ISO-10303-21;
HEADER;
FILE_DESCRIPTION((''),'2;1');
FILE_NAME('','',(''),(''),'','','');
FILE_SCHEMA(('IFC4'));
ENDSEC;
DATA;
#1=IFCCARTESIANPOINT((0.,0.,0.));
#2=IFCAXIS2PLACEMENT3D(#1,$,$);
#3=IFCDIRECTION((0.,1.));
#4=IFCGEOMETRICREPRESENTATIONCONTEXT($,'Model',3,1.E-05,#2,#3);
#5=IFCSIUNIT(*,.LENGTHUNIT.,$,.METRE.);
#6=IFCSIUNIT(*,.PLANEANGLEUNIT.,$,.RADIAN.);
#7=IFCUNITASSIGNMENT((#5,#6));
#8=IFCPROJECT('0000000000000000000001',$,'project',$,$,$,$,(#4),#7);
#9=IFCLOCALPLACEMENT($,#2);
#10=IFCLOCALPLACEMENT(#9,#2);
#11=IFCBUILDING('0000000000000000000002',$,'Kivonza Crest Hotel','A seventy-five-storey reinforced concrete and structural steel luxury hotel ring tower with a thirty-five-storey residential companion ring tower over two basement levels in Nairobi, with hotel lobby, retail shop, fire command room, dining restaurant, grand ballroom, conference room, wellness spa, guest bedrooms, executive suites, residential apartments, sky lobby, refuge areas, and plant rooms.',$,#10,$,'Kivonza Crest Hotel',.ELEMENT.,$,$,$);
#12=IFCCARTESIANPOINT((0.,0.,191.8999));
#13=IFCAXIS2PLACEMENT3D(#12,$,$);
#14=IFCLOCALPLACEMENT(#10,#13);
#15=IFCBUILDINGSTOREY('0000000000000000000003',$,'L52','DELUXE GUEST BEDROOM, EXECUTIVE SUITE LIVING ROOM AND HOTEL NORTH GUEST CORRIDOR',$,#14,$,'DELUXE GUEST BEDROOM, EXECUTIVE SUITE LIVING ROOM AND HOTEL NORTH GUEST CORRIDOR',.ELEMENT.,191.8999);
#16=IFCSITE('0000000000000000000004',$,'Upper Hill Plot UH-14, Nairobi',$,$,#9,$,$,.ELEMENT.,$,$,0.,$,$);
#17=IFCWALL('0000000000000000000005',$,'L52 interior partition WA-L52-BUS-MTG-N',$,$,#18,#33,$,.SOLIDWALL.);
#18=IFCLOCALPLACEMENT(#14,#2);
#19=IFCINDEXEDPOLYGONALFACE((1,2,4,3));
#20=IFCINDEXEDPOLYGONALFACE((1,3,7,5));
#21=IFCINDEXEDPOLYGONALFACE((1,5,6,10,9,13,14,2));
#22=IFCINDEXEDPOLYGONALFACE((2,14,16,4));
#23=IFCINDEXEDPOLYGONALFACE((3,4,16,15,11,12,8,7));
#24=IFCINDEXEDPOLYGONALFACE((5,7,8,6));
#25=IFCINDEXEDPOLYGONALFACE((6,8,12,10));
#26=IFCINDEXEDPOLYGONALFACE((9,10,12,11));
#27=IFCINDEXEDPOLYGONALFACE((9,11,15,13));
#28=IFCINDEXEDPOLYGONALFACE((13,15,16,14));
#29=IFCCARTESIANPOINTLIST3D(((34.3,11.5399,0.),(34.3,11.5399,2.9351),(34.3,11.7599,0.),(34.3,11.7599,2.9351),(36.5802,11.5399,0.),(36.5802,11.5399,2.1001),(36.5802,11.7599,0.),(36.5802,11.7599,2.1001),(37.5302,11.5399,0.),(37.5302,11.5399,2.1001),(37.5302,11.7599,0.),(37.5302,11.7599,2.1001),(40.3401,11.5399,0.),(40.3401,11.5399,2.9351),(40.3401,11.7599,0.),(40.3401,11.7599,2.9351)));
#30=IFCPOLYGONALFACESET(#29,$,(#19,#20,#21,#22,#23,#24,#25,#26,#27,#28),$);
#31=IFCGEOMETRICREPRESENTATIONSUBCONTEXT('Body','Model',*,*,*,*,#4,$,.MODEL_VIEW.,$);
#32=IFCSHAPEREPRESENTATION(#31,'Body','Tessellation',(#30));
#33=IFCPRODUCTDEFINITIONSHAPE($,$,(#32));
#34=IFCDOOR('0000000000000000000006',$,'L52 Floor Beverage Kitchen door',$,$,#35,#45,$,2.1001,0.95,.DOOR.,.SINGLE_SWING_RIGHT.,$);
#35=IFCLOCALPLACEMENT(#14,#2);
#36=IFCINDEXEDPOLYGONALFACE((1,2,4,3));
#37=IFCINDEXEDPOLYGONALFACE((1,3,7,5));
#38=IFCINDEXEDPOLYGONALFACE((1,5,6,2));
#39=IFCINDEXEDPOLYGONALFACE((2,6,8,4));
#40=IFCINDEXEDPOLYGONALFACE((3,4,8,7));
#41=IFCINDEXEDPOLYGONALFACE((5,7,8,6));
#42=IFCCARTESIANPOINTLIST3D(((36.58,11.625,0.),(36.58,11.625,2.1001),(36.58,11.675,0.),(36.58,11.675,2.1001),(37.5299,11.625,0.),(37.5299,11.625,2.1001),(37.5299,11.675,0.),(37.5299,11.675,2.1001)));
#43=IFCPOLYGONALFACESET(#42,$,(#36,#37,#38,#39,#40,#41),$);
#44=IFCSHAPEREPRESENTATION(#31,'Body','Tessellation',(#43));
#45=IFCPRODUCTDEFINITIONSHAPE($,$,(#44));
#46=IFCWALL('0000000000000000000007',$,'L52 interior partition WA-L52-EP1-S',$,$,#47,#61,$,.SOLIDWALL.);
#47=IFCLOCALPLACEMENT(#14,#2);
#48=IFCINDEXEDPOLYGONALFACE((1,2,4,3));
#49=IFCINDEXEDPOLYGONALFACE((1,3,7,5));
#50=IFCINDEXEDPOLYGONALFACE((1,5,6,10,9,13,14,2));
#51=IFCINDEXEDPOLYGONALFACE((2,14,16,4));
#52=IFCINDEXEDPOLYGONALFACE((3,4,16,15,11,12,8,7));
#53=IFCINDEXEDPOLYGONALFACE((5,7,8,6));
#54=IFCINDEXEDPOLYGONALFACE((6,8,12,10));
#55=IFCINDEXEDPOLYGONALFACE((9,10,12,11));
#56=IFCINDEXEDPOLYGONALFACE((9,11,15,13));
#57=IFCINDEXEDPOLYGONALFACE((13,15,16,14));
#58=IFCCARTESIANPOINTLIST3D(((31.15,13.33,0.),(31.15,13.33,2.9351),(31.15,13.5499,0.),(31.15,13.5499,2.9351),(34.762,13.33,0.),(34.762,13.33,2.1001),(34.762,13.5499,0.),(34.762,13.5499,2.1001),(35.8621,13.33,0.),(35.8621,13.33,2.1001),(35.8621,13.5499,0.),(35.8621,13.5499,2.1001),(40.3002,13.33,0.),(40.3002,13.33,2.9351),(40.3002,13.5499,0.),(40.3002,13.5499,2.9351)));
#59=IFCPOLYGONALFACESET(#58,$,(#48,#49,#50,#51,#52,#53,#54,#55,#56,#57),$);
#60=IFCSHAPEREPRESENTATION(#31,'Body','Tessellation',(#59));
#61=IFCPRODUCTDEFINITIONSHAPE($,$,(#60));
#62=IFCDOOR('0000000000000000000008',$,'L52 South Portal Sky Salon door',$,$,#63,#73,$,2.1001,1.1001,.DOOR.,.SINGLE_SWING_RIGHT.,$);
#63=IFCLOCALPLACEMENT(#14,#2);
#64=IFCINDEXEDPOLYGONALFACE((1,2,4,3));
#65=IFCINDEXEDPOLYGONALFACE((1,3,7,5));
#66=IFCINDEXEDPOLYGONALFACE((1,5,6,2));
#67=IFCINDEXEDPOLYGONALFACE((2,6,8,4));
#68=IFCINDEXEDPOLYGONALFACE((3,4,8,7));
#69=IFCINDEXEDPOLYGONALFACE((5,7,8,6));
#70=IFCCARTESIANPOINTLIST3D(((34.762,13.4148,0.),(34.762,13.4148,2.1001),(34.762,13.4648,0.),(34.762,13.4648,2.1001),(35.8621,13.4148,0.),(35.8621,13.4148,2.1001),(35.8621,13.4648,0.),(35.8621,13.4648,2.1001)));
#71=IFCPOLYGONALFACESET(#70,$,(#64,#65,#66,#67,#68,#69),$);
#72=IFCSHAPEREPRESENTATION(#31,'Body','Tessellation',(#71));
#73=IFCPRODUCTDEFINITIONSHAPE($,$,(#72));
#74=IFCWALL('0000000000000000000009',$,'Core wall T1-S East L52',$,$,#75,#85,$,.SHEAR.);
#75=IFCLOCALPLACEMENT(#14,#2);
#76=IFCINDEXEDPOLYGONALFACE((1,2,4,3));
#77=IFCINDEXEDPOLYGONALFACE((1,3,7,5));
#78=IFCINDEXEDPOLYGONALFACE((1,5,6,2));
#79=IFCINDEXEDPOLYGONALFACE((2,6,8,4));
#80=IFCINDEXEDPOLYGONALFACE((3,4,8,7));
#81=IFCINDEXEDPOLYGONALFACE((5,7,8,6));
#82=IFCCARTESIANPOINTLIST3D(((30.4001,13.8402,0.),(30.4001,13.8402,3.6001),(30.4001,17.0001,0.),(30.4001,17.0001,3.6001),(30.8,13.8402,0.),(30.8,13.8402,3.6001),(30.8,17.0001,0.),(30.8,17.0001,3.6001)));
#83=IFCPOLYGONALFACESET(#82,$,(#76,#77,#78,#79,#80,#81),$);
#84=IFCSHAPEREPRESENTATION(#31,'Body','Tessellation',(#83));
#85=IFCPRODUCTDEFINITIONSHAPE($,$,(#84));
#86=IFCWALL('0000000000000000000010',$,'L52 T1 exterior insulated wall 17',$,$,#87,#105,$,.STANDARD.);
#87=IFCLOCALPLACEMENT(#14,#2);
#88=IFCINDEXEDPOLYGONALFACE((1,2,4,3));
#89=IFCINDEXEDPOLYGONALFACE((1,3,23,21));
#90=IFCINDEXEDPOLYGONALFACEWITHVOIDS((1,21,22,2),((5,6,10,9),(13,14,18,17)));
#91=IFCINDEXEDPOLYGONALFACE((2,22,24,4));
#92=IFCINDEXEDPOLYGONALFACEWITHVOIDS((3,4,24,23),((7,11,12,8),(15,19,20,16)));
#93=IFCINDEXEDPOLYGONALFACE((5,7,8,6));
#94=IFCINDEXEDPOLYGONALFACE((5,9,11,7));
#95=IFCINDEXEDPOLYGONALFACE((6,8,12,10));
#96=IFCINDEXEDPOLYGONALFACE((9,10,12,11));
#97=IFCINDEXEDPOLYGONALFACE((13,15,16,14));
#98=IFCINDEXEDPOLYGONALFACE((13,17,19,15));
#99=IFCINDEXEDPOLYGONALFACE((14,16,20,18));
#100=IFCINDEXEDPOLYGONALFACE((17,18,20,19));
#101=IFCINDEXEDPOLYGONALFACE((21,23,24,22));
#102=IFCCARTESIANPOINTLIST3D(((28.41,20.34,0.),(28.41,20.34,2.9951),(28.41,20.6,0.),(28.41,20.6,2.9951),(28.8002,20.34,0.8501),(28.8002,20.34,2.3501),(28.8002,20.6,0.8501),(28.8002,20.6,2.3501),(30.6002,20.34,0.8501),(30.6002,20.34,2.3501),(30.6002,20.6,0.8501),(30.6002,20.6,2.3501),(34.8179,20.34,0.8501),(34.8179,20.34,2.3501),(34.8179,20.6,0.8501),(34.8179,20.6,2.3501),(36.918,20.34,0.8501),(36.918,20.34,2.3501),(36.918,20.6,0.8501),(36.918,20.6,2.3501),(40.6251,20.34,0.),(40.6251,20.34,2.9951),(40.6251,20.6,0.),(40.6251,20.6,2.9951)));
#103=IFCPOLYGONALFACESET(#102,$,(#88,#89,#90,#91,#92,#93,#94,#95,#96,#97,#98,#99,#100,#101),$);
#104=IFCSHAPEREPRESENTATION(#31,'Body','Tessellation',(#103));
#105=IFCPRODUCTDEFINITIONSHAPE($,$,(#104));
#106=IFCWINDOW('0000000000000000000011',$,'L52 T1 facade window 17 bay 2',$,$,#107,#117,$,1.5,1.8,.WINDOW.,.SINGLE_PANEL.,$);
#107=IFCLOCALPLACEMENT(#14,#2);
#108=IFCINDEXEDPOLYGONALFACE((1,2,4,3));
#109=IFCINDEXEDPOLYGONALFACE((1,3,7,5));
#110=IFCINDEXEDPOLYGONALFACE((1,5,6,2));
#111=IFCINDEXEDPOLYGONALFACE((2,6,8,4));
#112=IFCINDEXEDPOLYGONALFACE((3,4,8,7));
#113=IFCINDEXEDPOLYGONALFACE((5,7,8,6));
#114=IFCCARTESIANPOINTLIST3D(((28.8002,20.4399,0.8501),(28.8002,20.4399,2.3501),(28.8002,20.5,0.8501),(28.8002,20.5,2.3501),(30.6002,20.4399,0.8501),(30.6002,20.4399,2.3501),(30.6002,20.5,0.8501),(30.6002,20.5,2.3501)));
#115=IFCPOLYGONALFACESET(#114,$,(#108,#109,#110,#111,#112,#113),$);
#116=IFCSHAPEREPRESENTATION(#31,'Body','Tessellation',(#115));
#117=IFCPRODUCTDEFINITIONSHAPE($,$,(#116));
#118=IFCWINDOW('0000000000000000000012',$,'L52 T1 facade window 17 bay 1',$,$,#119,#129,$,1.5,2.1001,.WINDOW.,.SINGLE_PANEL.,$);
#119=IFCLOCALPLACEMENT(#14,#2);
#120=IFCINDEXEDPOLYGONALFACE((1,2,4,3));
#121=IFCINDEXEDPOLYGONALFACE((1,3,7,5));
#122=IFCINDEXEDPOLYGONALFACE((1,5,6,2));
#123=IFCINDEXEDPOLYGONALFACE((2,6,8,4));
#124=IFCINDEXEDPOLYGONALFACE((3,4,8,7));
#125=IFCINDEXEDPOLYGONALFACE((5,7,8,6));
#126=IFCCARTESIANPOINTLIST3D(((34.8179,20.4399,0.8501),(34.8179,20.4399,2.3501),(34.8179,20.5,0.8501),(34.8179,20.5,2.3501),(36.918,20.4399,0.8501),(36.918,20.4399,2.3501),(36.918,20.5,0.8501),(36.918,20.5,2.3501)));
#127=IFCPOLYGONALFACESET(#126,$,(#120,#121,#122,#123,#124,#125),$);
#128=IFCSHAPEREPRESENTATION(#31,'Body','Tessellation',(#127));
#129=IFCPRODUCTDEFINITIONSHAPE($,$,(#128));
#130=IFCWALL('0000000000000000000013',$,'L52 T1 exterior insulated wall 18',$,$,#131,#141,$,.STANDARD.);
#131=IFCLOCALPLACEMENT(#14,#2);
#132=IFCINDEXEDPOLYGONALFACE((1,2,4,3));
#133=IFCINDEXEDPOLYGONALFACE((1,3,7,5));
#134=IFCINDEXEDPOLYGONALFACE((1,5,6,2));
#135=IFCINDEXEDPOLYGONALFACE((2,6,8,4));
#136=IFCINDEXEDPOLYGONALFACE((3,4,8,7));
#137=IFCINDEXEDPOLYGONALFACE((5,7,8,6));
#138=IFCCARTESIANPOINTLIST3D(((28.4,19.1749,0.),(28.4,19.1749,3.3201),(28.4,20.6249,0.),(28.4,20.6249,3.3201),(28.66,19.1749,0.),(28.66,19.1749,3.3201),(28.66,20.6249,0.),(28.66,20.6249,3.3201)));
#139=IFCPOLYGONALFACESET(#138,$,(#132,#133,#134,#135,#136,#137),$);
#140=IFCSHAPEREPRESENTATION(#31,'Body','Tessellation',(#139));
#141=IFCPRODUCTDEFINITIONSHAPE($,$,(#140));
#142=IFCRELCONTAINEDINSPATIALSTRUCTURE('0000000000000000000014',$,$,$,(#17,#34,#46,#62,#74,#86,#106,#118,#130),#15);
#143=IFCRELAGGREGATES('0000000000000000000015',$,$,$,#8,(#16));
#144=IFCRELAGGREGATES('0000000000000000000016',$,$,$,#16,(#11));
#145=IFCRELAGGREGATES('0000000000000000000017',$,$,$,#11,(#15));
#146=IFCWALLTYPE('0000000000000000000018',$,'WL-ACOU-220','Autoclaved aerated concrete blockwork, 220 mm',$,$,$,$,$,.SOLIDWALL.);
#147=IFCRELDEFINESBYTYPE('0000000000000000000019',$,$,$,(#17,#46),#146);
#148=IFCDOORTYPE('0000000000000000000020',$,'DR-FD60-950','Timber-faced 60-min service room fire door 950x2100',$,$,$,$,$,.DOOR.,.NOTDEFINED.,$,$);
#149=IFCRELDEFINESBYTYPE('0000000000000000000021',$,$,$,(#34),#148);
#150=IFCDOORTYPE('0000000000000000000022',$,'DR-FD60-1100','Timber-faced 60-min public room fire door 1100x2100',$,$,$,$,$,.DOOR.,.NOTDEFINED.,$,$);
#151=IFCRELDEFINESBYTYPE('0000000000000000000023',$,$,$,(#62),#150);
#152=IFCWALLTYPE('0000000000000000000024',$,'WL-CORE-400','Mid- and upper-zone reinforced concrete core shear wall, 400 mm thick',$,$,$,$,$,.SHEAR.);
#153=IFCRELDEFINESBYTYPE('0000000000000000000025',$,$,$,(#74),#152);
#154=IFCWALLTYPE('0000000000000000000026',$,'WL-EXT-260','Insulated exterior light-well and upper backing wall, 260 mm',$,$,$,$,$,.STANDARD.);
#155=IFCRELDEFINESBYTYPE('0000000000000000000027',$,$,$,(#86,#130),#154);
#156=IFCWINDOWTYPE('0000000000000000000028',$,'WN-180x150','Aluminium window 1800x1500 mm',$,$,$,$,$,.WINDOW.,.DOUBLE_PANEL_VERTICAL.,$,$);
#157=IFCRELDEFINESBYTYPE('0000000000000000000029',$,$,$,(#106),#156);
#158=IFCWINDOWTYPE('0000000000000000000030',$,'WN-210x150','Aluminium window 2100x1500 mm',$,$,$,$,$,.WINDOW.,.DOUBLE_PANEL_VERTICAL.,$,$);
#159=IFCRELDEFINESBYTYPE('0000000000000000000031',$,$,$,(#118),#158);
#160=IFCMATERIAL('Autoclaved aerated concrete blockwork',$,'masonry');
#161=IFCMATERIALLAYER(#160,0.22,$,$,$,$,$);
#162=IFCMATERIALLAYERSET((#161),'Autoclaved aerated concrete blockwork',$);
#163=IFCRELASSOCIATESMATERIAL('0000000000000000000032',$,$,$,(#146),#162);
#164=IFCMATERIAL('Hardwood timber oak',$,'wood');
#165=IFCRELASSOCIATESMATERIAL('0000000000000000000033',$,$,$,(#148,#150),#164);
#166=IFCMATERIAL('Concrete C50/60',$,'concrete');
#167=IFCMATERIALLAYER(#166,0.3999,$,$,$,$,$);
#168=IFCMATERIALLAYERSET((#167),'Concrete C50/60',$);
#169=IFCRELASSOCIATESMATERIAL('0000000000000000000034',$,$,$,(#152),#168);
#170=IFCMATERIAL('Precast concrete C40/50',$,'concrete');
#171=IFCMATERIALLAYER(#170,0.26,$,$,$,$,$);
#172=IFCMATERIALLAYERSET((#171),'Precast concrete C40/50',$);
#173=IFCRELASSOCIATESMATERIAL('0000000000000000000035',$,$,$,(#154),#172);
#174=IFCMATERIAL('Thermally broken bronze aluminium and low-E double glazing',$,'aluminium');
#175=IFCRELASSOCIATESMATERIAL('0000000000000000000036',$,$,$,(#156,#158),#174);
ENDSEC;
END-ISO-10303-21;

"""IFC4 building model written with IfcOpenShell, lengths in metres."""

from ifc_helpers import new_model, si_unit, direction, frame, frame_2d, origin, place, context, subcontext, project, spatial, rectangle, extrude, material, layer, layer_set, type_object, element, fill, save


model = new_model("IFC4")

# Units and contexts
model_context = context("Model", 3, precision=1e-05, world=origin(), true_north=direction((0.0, 1.0)))
body_context = subcontext(model_context, "Body", "Model", "MODEL_VIEW")
ifc_project = project(units=[si_unit("LENGTHUNIT", "METRE"), si_unit("PLANEANGLEUNIT", "RADIAN")], contexts=[model_context])

# Site, building, storey
site_placement = place(None, origin())
site = spatial("IfcSite", under=ifc_project, at=site_placement, Name="Upper Hill Plot UH-14, Nairobi", CompositionType="ELEMENT", RefElevation=0.0)
building_placement = place(site_placement, origin())
building = spatial("IfcBuilding", under=site, at=building_placement, Name="Kivonza Crest Hotel", Description="A seventy-five-storey reinforced concrete and structural steel luxury hotel ring tower with a thirty-five-storey residential companion ring tower over two basement levels in Nairobi, with hotel lobby, retail shop, fire command room, dining restaurant, grand ballroom, conference room, wellness spa, guest bedrooms, executive suites, residential apartments, sky lobby, refuge areas, and plant rooms.", LongName="Kivonza Crest Hotel", CompositionType="ELEMENT")
storey_placement = place(building_placement, frame((0.0, 0.0, 191.8999)))
storey = spatial("IfcBuildingStorey", under=building, at=storey_placement, Name="L52", Description="DELUXE GUEST BEDROOM, EXECUTIVE SUITE LIVING ROOM AND HOTEL NORTH GUEST CORRIDOR", LongName="DELUXE GUEST BEDROOM, EXECUTIVE SUITE LIVING ROOM AND HOTEL NORTH GUEST CORRIDOR", CompositionType="ELEMENT", Elevation=191.8999)

# Shared definitions
ifc_material_1 = material(Name="Concrete C50/60", Category="concrete")

# Walls, openings, doors
ifc_material_2 = material(Name="Autoclaved aerated concrete blockwork", Category="masonry")
ifc_layer_1 = layer(ifc_material_2, 0.22)
ifc_layer_set_1 = layer_set([ifc_layer_1], Name="Autoclaved aerated concrete blockwork")
wall_type_1 = type_object("IfcWallType", Name="WL-ACOU-220", Description="Autoclaved aerated concrete blockwork, 220 mm", PredefinedType="SOLIDWALL", material=ifc_layer_set_1)
wall_1_placement = place(storey_placement, frame((34.3, 11.6499, 0.0), z_axis=(0.0, 0.0, 1.0), x_axis=(1.0, 0.0, 0.0)))
wall_1 = element("IfcWall", 1, at=wall_1_placement, inside=storey, type_object=wall_type_1, Name="L52 interior partition WA-L52-BUS-MTG-N", PredefinedType="SOLIDWALL", context=body_context, shape_type="SweptSolid", body=[
    extrude(rectangle(XDim=6.04, YDim=0.22, at=frame_2d((3.02, 0.0))), origin(), (0.0, 0.0, 1.0), 2.9351),
])
opening_1_placement = place(wall_1_placement, frame((2.28, 0.0, 0.0)))
opening_1 = element("IfcOpeningElement", 2, at=opening_1_placement, cuts=wall_1, PredefinedType="OPENING", context=body_context, shape_type="SweptSolid", body=[
    extrude(rectangle(XDim=0.95, YDim=2.1001, at=frame_2d((0.4751, 1.05))), frame((0.0, 0.1201, 0.0), z_axis=(0.0, -1.0, 0.0), x_axis=(1.0, 0.0, 0.0)), (0.0, 0.0, 1.0), 0.24),
])
ifc_material_3 = material(Name="Hardwood timber oak", Category="wood")
door_type_1 = type_object("IfcDoorType", Name="DR-FD60-950", Description="Timber-faced 60-min service room fire door 950x2100", OperationType="NOTDEFINED", PredefinedType="DOOR", material=ifc_material_3)
door_1_placement = place(opening_1_placement, frame((0.95, 0.0, 0.0), z_axis=(0.0, 0.0, 1.0), x_axis=(-1.0, 0.0, 0.0)))
door_1 = element("IfcDoor", 3, at=door_1_placement, inside=storey, type_object=door_type_1, Name="L52 Floor Beverage Kitchen door", OperationType="SINGLE_SWING_RIGHT", OverallHeight=2.1001, OverallWidth=0.95, PredefinedType="DOOR", context=body_context, shape_type="SweptSolid", body=[
    extrude(rectangle(XDim=0.95, YDim=2.1001, at=frame_2d((0.4751, 1.05))), frame((0.0, 0.0249, 0.0), z_axis=(0.0, -1.0, 0.0), x_axis=(1.0, 0.0, 0.0)), (0.0, 0.0, 1.0), 0.05),
])
fill(opening_1, door_1)
wall_2_placement = place(storey_placement, frame((31.1499, 13.4399, 0.0), z_axis=(0.0, 0.0, 1.0), x_axis=(1.0, 0.0, 0.0)))
wall_2 = element("IfcWall", 4, at=wall_2_placement, inside=storey, type_object=wall_type_1, Name="L52 interior partition WA-L52-EP1-S", PredefinedType="SOLIDWALL", context=body_context, shape_type="SweptSolid", body=[
    extrude(rectangle(XDim=9.1501, YDim=0.22, at=frame_2d((4.5752, 0.0))), origin(), (0.0, 0.0, 1.0), 2.9351),
])
opening_2_placement = place(wall_2_placement, frame((3.6121, 0.0, 0.0)))
opening_2 = element("IfcOpeningElement", 5, at=opening_2_placement, cuts=wall_2, PredefinedType="OPENING", context=body_context, shape_type="SweptSolid", body=[
    extrude(rectangle(XDim=1.1001, YDim=2.1001, at=frame_2d((0.55, 1.05))), frame((0.0, 0.1201, 0.0), z_axis=(0.0, -1.0, 0.0), x_axis=(1.0, 0.0, 0.0)), (0.0, 0.0, 1.0), 0.24),
])
door_type_2 = type_object("IfcDoorType", Name="DR-FD60-1100", Description="Timber-faced 60-min public room fire door 1100x2100", OperationType="NOTDEFINED", PredefinedType="DOOR", material=ifc_material_3)
door_2_placement = place(opening_2_placement, origin())
door_2 = element("IfcDoor", 6, at=door_2_placement, inside=storey, type_object=door_type_2, Name="L52 South Portal Sky Salon door", OperationType="SINGLE_SWING_RIGHT", OverallHeight=2.1001, OverallWidth=1.1001, PredefinedType="DOOR", context=body_context, shape_type="SweptSolid", body=[
    extrude(rectangle(XDim=1.1001, YDim=2.1001, at=frame_2d((0.55, 1.05))), frame((0.0, 0.0249, 0.0), z_axis=(0.0, -1.0, 0.0), x_axis=(1.0, 0.0, 0.0)), (0.0, 0.0, 1.0), 0.05),
])
fill(opening_2, door_2)

# Wall
ifc_layer_2 = layer(ifc_material_1, 0.3999)
ifc_layer_set_2 = layer_set([ifc_layer_2], Name="Concrete C50/60")
wall_type_2 = type_object("IfcWallType", Name="WL-CORE-400", Description="Mid- and upper-zone reinforced concrete core shear wall, 400 mm thick", PredefinedType="SHEAR", material=ifc_layer_set_2)
wall_3_placement = place(storey_placement, frame((30.6001, 13.8401, 0.0), z_axis=(0.0, 0.0, 1.0), x_axis=(0.0, 1.0, 0.0)))
element("IfcWall", 7, at=wall_3_placement, inside=storey, type_object=wall_type_2, Name="Core wall T1-S East L52", PredefinedType="SHEAR", context=body_context, shape_type="SweptSolid", body=[
    extrude(rectangle(XDim=3.1599, YDim=0.3999, at=frame_2d((1.5801, 0.0))), origin(), (0.0, 0.0, 1.0), 3.6001),
])

# Wall, openings, windows
ifc_material_4 = material(Name="Precast concrete C40/50", Category="concrete")
ifc_layer_3 = layer(ifc_material_4, 0.26)
ifc_layer_set_3 = layer_set([ifc_layer_3], Name="Precast concrete C40/50")
wall_type_3 = type_object("IfcWallType", Name="WL-EXT-260", Description="Insulated exterior light-well and upper backing wall, 260 mm", PredefinedType="STANDARD", material=ifc_layer_set_3)
wall_4_placement = place(storey_placement, frame((40.625, 20.47, 0.0), z_axis=(0.0, 0.0, 1.0), x_axis=(-1.0, 0.0, 0.0)))
wall_4 = element("IfcWall", 8, at=wall_4_placement, inside=storey, type_object=wall_type_3, Name="L52 T1 exterior insulated wall 17", PredefinedType="STANDARD", context=body_context, shape_type="SweptSolid", body=[
    extrude(rectangle(XDim=12.2151, YDim=0.26, at=frame_2d((6.1074, 0.0))), origin(), (0.0, 0.0, 1.0), 2.9951),
])
opening_3_placement = place(wall_4_placement, frame((3.707, 0.0, 0.8501)))
opening_3 = element("IfcOpeningElement", 9, at=opening_3_placement, cuts=wall_4, PredefinedType="OPENING", context=body_context, shape_type="SweptSolid", body=[
    extrude(rectangle(XDim=2.1001, YDim=1.5, at=frame_2d((1.05, 0.75))), frame((0.0, 0.1401, 0.0), z_axis=(0.0, -1.0, 0.0), x_axis=(1.0, 0.0, 0.0)), (0.0, 0.0, 1.0), 0.28),
])
opening_4_placement = place(wall_4_placement, frame((10.0249, 0.0, 0.8501)))
opening_4 = element("IfcOpeningElement", 10, at=opening_4_placement, cuts=wall_4, PredefinedType="OPENING", context=body_context, shape_type="SweptSolid", body=[
    extrude(rectangle(XDim=1.8, YDim=1.5, at=frame_2d((0.8999, 0.75))), frame((0.0, 0.1401, 0.0), z_axis=(0.0, -1.0, 0.0), x_axis=(1.0, 0.0, 0.0)), (0.0, 0.0, 1.0), 0.28),
])
ifc_material_5 = material(Name="Thermally broken bronze aluminium and low-E double glazing", Category="aluminium")
window_type_1 = type_object("IfcWindowType", Name="WN-180x150", Description="Aluminium window 1800x1500 mm", PartitioningType="DOUBLE_PANEL_VERTICAL", PredefinedType="WINDOW", material=ifc_material_5)
window_1_placement = place(opening_4_placement, origin())
window_1 = element("IfcWindow", 11, at=window_1_placement, inside=storey, type_object=window_type_1, Name="L52 T1 facade window 17 bay 2", OverallHeight=1.5, OverallWidth=1.8, PartitioningType="SINGLE_PANEL", PredefinedType="WINDOW", context=body_context, shape_type="SweptSolid", body=[
    extrude(rectangle(XDim=1.8, YDim=1.5, at=frame_2d((0.8999, 0.75))), frame((0.0, 0.03, 0.0), z_axis=(0.0, -1.0, 0.0), x_axis=(1.0, 0.0, 0.0)), (0.0, 0.0, 1.0), 0.0601),
])
fill(opening_4, window_1)
window_type_2 = type_object("IfcWindowType", Name="WN-210x150", Description="Aluminium window 2100x1500 mm", PartitioningType="DOUBLE_PANEL_VERTICAL", PredefinedType="WINDOW", material=ifc_material_5)
window_2_placement = place(opening_3_placement, origin())
window_2 = element("IfcWindow", 12, at=window_2_placement, inside=storey, type_object=window_type_2, Name="L52 T1 facade window 17 bay 1", OverallHeight=1.5, OverallWidth=2.1001, PartitioningType="SINGLE_PANEL", PredefinedType="WINDOW", context=body_context, shape_type="SweptSolid", body=[
    extrude(rectangle(XDim=2.1001, YDim=1.5, at=frame_2d((1.05, 0.75))), frame((0.0, 0.03, 0.0), z_axis=(0.0, -1.0, 0.0), x_axis=(1.0, 0.0, 0.0)), (0.0, 0.0, 1.0), 0.0601),
])
fill(opening_3, window_2)

# Wall
wall_5_placement = place(storey_placement, frame((28.53, 20.625, 0.0), z_axis=(0.0, 0.0, 1.0), x_axis=(0.0, -1.0, 0.0)))
element("IfcWall", 13, at=wall_5_placement, inside=storey, type_object=wall_type_3, Name="L52 T1 exterior insulated wall 18", PredefinedType="STANDARD", context=body_context, shape_type="SweptSolid", body=[
    extrude(rectangle(XDim=1.45, YDim=0.26, at=frame_2d((0.7251, 0.0))), origin(), (0.0, 0.0, 1.0), 3.3201),
])

save(model, "model.ifc")
